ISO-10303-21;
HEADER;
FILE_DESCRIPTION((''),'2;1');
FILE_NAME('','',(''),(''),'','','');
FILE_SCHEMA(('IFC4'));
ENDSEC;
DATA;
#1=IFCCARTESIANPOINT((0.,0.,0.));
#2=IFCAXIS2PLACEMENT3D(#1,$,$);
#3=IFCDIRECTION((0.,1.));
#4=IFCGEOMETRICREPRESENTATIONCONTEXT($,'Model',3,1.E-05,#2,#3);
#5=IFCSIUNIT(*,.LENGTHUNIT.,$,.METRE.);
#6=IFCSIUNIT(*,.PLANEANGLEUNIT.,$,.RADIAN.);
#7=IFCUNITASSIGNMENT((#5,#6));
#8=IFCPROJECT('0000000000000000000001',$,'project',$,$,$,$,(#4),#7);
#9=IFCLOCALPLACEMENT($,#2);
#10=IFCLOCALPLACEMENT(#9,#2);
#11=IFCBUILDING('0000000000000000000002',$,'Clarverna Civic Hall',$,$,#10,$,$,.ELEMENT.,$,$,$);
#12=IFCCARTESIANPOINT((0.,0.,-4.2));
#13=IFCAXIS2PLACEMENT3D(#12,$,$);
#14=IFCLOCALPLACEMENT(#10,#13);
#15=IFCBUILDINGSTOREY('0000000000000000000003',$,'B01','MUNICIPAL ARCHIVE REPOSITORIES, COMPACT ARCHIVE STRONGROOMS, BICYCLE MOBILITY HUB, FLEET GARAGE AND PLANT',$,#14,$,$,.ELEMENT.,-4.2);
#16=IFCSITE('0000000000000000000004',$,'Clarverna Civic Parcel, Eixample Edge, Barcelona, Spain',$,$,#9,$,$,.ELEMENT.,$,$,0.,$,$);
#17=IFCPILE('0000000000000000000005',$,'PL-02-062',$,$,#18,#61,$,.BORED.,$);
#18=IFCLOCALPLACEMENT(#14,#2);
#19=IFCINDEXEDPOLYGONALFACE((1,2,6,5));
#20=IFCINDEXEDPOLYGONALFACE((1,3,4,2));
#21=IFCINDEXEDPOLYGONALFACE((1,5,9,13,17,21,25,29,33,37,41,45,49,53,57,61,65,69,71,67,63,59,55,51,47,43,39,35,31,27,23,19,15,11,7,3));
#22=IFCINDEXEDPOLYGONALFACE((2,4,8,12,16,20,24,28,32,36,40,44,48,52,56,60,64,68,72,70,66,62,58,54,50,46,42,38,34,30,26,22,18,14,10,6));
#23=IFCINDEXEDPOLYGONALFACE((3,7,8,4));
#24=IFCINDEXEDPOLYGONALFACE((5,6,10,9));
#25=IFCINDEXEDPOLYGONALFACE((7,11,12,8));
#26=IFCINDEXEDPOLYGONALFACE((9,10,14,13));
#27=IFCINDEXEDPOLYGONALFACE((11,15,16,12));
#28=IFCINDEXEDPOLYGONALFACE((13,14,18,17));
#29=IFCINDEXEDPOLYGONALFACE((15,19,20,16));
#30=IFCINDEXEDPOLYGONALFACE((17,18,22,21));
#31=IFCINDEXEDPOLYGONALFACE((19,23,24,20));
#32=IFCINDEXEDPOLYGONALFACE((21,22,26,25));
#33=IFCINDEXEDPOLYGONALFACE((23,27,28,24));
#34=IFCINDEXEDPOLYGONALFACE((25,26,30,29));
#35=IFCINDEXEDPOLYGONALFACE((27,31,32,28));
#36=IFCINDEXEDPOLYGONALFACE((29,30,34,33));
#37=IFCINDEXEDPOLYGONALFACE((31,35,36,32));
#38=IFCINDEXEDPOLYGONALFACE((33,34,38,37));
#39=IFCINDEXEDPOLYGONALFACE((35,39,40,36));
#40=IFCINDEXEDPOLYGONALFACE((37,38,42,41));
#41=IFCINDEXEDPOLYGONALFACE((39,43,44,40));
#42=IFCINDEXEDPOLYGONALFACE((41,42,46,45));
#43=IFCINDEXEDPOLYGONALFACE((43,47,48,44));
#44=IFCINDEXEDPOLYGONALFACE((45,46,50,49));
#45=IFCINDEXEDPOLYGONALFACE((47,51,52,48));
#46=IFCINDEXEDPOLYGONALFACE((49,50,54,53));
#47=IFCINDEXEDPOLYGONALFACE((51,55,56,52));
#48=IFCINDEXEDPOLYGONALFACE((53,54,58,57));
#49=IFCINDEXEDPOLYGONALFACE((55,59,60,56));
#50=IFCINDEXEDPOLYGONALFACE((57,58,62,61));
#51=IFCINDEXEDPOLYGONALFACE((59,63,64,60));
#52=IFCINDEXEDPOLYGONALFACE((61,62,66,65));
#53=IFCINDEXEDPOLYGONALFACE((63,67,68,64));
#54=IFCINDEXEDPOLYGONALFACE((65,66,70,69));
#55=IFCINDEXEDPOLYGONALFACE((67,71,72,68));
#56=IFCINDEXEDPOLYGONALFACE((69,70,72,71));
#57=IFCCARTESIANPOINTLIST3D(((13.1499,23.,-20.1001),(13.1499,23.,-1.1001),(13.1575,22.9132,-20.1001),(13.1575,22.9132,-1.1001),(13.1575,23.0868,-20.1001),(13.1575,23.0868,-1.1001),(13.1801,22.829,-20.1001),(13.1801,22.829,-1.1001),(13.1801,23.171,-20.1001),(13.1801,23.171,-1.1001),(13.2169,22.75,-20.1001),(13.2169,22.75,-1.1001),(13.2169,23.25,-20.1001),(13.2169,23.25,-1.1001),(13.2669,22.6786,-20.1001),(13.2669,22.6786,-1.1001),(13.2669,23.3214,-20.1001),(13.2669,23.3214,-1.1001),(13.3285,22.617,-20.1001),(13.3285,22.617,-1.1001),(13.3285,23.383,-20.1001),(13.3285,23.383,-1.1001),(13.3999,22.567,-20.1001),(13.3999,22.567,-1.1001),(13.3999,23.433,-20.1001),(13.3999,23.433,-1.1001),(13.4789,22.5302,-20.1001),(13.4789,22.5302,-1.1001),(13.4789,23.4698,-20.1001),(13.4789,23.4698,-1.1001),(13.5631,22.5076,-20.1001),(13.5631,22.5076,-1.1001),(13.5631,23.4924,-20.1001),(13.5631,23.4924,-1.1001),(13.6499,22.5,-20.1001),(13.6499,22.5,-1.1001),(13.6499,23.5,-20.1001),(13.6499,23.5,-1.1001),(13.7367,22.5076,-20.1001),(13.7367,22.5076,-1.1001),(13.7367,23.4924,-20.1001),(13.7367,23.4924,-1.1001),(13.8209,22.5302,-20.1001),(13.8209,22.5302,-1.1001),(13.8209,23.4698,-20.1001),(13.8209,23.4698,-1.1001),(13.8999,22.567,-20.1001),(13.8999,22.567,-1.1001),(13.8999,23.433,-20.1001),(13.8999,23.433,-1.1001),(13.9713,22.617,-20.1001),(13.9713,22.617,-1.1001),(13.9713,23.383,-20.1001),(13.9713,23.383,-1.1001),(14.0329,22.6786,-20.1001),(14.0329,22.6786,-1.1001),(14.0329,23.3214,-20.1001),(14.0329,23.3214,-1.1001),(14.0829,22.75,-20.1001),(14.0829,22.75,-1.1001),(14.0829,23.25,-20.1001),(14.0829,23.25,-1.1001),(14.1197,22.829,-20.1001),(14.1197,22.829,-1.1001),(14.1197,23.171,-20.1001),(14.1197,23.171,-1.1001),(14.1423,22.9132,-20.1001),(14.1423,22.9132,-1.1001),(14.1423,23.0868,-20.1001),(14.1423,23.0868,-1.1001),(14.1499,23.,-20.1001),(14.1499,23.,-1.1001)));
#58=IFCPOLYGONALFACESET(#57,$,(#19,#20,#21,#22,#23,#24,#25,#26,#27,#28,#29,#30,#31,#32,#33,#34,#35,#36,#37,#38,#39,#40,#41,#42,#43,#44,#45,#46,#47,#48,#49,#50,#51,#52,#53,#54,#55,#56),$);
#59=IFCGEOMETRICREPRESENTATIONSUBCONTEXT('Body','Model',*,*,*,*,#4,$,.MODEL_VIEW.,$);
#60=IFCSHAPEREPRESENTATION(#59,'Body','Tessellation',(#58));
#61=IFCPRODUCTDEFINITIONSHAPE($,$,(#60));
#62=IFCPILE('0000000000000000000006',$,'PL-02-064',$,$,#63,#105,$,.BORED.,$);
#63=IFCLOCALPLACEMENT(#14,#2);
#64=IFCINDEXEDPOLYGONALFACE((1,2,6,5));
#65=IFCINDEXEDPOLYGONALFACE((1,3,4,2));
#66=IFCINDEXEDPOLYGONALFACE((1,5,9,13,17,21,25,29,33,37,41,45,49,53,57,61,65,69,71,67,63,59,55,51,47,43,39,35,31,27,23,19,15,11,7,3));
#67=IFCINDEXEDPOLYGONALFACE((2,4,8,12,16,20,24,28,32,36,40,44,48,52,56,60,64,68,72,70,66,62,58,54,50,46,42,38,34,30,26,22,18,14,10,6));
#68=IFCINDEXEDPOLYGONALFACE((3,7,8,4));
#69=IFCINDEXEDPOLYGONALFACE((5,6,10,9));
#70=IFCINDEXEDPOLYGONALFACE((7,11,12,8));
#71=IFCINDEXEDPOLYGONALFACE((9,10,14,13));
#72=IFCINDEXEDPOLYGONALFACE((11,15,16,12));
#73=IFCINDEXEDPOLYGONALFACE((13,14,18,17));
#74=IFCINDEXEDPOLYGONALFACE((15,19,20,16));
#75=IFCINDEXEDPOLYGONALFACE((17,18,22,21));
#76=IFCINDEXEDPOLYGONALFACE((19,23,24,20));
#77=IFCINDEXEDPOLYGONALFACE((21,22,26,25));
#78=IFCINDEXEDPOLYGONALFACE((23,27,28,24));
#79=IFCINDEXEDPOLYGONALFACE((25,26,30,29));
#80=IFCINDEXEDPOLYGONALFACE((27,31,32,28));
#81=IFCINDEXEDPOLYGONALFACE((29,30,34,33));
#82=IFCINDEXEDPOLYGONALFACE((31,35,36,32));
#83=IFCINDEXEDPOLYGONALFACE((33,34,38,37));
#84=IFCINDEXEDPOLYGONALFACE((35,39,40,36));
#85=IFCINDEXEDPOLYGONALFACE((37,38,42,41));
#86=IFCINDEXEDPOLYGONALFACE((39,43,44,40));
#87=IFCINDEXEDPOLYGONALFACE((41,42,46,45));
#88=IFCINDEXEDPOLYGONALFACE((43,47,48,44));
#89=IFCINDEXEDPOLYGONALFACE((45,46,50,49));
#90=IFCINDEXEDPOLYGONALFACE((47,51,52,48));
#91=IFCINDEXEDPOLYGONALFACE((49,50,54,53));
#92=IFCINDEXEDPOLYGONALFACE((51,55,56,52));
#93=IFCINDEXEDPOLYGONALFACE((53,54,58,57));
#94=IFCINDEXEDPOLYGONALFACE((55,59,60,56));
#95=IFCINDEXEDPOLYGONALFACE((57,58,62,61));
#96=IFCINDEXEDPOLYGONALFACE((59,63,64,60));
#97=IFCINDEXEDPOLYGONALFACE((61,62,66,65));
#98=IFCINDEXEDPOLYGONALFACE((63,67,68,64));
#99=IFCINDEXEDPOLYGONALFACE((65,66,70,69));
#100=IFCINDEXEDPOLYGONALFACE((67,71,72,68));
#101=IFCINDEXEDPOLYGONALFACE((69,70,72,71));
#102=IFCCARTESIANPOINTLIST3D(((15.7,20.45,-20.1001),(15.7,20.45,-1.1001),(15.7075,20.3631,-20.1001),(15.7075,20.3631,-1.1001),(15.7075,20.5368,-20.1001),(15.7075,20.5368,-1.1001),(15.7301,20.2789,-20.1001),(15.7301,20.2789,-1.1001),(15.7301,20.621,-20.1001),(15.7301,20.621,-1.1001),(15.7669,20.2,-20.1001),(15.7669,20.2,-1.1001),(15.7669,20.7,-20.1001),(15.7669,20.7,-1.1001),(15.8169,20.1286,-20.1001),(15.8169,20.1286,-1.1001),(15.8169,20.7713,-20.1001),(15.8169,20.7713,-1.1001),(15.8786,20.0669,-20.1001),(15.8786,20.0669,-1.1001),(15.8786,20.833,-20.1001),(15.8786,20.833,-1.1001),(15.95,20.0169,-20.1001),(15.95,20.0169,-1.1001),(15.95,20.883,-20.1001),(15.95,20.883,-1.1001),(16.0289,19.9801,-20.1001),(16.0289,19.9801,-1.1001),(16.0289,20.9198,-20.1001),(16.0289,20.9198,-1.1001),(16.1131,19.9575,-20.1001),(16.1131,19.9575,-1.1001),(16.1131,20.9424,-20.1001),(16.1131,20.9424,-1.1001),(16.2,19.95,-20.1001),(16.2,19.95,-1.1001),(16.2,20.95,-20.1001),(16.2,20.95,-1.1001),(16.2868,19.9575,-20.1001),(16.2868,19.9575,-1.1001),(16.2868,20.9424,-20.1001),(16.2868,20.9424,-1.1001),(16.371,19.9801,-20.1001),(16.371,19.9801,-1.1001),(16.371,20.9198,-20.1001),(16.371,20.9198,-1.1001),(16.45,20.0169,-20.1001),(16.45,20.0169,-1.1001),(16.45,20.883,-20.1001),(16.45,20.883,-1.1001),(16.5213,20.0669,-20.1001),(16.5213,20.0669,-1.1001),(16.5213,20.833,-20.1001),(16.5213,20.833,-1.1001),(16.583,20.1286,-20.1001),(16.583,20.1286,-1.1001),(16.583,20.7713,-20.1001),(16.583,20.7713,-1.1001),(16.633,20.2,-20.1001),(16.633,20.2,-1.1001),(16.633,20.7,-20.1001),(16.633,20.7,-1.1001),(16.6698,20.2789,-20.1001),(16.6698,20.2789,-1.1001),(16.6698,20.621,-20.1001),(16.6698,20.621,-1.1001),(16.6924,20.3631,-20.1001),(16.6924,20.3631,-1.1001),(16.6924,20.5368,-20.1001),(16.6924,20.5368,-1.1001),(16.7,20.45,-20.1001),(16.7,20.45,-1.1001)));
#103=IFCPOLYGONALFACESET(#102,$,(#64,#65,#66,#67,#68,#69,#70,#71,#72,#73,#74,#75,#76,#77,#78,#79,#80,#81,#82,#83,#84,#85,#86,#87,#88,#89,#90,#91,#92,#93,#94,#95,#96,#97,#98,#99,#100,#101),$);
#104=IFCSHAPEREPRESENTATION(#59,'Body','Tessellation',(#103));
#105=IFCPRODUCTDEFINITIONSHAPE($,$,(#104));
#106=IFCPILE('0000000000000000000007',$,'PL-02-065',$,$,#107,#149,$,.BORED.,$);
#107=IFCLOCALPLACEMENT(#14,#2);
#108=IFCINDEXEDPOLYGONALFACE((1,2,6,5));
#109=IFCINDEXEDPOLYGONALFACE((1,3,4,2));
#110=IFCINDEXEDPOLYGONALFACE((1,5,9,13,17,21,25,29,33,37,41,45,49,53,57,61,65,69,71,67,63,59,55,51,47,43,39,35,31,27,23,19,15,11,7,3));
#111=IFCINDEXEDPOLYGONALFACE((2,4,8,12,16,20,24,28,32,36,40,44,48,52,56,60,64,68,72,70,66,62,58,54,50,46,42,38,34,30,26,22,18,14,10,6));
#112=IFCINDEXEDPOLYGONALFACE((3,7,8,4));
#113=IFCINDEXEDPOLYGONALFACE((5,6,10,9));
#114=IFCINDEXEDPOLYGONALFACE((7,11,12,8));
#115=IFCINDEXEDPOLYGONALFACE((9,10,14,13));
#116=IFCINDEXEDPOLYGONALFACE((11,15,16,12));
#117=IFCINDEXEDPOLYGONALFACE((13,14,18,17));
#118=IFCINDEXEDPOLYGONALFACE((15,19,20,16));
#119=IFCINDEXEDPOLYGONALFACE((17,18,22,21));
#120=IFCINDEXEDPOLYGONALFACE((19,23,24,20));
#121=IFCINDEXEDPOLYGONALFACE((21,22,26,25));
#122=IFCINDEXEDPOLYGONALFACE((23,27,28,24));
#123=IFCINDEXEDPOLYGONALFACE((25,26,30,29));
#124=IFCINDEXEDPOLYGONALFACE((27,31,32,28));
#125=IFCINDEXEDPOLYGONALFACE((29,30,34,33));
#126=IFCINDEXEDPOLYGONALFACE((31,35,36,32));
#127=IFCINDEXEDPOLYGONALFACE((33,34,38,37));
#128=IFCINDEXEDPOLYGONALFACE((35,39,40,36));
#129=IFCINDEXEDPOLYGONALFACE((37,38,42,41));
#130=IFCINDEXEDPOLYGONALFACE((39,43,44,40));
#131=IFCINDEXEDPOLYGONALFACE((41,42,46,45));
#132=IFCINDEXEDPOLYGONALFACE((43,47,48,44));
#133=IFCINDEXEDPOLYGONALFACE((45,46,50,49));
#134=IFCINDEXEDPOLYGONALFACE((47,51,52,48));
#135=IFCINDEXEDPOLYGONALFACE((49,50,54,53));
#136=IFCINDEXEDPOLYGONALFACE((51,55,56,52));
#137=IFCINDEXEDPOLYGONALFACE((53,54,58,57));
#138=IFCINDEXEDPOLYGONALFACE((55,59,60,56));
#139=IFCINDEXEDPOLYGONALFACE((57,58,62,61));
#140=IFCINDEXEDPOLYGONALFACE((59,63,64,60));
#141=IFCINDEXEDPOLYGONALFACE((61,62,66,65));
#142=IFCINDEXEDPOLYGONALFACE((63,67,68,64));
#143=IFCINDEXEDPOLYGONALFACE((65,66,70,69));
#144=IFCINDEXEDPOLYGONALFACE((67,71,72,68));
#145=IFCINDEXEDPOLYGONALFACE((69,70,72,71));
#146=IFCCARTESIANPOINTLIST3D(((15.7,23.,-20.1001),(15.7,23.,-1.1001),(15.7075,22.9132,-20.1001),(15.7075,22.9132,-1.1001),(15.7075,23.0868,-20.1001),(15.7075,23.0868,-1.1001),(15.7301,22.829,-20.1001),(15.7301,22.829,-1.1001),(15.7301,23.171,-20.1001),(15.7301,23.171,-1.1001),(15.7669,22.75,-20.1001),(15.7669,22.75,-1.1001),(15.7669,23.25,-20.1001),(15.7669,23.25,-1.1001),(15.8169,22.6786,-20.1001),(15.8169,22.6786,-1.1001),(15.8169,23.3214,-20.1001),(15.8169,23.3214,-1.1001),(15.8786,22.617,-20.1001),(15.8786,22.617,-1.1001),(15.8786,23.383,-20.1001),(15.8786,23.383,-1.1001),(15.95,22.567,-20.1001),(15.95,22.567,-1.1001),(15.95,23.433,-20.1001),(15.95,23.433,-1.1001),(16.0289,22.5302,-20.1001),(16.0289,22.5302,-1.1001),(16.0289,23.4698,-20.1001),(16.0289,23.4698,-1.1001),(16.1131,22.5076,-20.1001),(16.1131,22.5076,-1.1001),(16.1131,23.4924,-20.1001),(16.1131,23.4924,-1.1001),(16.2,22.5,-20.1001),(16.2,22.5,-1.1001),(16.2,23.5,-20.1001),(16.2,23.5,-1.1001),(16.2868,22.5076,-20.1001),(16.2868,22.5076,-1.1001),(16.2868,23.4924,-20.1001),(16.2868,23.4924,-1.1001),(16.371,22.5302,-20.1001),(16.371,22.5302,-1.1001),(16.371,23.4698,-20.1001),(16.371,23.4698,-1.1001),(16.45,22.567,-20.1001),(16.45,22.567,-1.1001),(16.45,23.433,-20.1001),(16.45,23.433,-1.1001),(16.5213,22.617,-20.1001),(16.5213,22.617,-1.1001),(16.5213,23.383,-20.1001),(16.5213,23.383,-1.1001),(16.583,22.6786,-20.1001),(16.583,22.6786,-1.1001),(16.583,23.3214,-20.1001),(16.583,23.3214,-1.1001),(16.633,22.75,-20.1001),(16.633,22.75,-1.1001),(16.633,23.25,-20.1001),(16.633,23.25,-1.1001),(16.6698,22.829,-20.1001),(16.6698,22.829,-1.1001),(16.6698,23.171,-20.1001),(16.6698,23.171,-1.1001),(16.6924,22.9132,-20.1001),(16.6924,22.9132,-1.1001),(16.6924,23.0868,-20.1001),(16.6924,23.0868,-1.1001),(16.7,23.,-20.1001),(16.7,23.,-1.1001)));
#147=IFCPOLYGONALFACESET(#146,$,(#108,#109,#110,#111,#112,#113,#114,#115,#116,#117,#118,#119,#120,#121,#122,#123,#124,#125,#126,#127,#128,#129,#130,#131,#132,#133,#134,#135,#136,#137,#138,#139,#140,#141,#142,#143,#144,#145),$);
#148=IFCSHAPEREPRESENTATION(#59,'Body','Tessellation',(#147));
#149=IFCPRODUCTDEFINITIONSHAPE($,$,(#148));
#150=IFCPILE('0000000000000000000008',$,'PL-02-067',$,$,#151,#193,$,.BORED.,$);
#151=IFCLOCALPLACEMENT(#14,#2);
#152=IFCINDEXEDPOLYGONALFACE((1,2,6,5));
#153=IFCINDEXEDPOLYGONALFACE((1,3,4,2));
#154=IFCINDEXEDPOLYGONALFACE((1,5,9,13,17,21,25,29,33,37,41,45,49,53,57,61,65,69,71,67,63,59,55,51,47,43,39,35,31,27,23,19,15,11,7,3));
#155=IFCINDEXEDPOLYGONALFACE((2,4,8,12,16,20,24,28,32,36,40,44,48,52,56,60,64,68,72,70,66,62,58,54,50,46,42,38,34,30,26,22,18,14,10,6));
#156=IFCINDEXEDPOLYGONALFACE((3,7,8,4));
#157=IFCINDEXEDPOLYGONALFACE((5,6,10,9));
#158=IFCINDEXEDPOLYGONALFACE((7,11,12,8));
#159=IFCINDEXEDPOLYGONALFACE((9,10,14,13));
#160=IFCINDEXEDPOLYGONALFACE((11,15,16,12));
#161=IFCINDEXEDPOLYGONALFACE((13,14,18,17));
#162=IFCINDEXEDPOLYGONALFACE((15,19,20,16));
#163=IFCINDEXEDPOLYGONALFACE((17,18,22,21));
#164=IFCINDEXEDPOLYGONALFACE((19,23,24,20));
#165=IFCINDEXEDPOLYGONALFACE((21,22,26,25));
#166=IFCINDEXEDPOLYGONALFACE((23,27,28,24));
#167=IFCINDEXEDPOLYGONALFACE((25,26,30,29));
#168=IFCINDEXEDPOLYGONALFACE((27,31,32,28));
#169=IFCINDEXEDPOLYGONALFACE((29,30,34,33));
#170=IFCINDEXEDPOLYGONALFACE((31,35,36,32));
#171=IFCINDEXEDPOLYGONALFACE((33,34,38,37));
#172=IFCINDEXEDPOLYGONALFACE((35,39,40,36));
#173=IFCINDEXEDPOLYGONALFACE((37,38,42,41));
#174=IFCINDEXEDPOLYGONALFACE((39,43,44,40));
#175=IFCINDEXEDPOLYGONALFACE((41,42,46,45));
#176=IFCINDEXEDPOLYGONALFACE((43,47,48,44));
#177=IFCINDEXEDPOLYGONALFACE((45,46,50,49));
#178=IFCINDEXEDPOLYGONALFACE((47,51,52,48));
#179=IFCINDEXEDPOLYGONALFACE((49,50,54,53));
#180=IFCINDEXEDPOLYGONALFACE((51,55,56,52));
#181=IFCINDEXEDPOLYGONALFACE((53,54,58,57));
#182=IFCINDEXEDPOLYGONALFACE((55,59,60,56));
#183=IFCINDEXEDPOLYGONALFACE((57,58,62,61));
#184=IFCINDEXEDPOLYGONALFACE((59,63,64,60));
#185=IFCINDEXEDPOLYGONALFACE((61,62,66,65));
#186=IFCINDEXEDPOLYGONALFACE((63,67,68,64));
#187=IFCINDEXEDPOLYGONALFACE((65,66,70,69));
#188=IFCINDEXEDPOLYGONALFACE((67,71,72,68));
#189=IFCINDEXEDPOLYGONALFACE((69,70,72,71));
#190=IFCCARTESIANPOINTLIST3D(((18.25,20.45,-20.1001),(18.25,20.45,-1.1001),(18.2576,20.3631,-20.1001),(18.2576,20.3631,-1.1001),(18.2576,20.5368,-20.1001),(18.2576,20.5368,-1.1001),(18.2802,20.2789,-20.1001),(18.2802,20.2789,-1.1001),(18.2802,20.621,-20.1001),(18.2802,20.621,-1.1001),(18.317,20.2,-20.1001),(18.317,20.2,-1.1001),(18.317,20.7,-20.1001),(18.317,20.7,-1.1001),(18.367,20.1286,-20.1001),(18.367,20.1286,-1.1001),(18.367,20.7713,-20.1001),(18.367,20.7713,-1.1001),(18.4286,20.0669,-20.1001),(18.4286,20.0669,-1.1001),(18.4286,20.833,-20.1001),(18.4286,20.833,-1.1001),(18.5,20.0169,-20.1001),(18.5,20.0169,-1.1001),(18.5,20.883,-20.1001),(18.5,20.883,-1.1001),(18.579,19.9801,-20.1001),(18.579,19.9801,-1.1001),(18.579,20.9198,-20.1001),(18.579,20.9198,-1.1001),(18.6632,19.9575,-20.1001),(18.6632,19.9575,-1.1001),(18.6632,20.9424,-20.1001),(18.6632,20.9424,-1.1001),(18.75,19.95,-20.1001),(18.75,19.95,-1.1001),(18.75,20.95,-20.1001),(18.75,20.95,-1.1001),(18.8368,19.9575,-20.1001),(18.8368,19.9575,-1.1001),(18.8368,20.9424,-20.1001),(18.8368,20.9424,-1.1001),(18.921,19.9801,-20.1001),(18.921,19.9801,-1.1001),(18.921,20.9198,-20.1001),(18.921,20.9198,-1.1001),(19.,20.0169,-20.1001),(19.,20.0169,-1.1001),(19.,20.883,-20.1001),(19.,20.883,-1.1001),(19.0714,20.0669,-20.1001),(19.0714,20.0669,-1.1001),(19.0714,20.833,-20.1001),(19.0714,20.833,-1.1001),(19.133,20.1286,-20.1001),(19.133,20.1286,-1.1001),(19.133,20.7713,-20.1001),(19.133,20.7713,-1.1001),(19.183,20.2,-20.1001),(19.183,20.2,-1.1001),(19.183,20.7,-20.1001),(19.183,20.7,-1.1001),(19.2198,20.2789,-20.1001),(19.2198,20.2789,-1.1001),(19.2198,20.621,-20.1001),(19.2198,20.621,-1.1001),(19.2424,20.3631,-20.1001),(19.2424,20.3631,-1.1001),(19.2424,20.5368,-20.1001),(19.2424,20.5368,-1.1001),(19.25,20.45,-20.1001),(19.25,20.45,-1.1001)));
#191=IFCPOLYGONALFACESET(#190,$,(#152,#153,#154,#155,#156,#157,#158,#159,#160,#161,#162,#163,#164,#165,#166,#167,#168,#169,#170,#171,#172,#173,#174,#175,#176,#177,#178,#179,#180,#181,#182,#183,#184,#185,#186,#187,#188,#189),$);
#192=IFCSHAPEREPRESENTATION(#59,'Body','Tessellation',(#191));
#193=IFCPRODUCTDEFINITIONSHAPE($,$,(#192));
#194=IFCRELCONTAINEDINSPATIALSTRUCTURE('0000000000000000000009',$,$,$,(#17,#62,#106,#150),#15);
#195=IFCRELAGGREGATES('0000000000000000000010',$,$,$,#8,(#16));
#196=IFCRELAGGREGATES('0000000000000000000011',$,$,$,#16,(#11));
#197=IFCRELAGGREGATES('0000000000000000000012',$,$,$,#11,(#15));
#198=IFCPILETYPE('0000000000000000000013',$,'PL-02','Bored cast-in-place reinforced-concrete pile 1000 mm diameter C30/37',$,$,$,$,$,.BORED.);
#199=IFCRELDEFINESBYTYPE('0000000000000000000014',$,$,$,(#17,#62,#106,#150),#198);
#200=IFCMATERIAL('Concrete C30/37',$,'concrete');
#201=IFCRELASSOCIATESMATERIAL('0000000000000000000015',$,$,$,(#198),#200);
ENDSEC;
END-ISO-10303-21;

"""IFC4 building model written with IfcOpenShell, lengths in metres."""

from ifc_helpers import new_model, si_unit, direction, frame, origin, origin_2d, place, context, subcontext, project, spatial, circle, extrude, material, material_profile, profile_set, type_object, element, save


model = new_model("IFC4")

# Units and contexts
model_context = context("Model", 3, precision=1e-05, world=origin(), true_north=direction((0.0, 1.0)))
body_context = subcontext(model_context, "Body", "Model", "MODEL_VIEW")
ifc_project = project(units=[si_unit("LENGTHUNIT", "METRE"), si_unit("PLANEANGLEUNIT", "RADIAN")], contexts=[model_context])

# Site, building, storey
site_placement = place(None, origin())
site = spatial("IfcSite", under=ifc_project, at=site_placement, Name="Clarverna Civic Parcel, Eixample Edge, Barcelona, Spain", CompositionType="ELEMENT", RefElevation=0.0)
building_placement = place(site_placement, origin())
building = spatial("IfcBuilding", under=site, at=building_placement, Name="Clarverna Civic Hall", CompositionType="ELEMENT")
storey_placement = place(building_placement, frame((0.0, 0.0, -4.2)))
storey = spatial("IfcBuildingStorey", under=building, at=storey_placement, Name="B01", Description="MUNICIPAL ARCHIVE REPOSITORIES, COMPACT ARCHIVE STRONGROOMS, BICYCLE MOBILITY HUB, FLEET GARAGE AND PLANT", CompositionType="ELEMENT", Elevation=-4.2)

# Shared definitions
ifc_material_1 = material(Name="Concrete C30/37", Category="concrete")

# Piles
ifc_material_profile_1 = material_profile(ifc_material_1, circle(Radius=0.5, at=origin_2d()), Name="BORED PILE D1000")
ifc_profile_set_1 = profile_set([ifc_material_profile_1], Name="Concrete C30/37")
pile_type_1 = type_object("IfcPileType", Name="PL-02", Description="Bored cast-in-place reinforced-concrete pile 1000 mm diameter C30/37", PredefinedType="BORED", material=ifc_profile_set_1)
for number, where, z_axis, x_axis, name in (
    (1, (13.6499, 23.0, -1.1001), (0.0, 0.0, -1.0), (1.0, 0.0, 0.0), "PL-02-062"),
    (2, (16.2, 20.45, -1.1001), (0.0, 0.0, -1.0), (1.0, 0.0, 0.0), "PL-02-064"),
    (3, (16.2, 23.0, -1.1001), (0.0, 0.0, -1.0), (1.0, 0.0, 0.0), "PL-02-065"),
    (4, (18.75, 20.45, -1.1001), (0.0, 0.0, -1.0), (1.0, 0.0, 0.0), "PL-02-067"),
):
    element("IfcPile", number, at=place(storey_placement, frame(where, z_axis=z_axis, x_axis=x_axis)), inside=storey, type_object=pile_type_1, Name=name, PredefinedType="BORED", context=body_context, shape_type="SweptSolid", body=[
        extrude(circle(Radius=0.5, at=origin_2d()), origin(), (0.0, 0.0, 1.0), 19.0),
    ])

save(model, "model.ifc")
